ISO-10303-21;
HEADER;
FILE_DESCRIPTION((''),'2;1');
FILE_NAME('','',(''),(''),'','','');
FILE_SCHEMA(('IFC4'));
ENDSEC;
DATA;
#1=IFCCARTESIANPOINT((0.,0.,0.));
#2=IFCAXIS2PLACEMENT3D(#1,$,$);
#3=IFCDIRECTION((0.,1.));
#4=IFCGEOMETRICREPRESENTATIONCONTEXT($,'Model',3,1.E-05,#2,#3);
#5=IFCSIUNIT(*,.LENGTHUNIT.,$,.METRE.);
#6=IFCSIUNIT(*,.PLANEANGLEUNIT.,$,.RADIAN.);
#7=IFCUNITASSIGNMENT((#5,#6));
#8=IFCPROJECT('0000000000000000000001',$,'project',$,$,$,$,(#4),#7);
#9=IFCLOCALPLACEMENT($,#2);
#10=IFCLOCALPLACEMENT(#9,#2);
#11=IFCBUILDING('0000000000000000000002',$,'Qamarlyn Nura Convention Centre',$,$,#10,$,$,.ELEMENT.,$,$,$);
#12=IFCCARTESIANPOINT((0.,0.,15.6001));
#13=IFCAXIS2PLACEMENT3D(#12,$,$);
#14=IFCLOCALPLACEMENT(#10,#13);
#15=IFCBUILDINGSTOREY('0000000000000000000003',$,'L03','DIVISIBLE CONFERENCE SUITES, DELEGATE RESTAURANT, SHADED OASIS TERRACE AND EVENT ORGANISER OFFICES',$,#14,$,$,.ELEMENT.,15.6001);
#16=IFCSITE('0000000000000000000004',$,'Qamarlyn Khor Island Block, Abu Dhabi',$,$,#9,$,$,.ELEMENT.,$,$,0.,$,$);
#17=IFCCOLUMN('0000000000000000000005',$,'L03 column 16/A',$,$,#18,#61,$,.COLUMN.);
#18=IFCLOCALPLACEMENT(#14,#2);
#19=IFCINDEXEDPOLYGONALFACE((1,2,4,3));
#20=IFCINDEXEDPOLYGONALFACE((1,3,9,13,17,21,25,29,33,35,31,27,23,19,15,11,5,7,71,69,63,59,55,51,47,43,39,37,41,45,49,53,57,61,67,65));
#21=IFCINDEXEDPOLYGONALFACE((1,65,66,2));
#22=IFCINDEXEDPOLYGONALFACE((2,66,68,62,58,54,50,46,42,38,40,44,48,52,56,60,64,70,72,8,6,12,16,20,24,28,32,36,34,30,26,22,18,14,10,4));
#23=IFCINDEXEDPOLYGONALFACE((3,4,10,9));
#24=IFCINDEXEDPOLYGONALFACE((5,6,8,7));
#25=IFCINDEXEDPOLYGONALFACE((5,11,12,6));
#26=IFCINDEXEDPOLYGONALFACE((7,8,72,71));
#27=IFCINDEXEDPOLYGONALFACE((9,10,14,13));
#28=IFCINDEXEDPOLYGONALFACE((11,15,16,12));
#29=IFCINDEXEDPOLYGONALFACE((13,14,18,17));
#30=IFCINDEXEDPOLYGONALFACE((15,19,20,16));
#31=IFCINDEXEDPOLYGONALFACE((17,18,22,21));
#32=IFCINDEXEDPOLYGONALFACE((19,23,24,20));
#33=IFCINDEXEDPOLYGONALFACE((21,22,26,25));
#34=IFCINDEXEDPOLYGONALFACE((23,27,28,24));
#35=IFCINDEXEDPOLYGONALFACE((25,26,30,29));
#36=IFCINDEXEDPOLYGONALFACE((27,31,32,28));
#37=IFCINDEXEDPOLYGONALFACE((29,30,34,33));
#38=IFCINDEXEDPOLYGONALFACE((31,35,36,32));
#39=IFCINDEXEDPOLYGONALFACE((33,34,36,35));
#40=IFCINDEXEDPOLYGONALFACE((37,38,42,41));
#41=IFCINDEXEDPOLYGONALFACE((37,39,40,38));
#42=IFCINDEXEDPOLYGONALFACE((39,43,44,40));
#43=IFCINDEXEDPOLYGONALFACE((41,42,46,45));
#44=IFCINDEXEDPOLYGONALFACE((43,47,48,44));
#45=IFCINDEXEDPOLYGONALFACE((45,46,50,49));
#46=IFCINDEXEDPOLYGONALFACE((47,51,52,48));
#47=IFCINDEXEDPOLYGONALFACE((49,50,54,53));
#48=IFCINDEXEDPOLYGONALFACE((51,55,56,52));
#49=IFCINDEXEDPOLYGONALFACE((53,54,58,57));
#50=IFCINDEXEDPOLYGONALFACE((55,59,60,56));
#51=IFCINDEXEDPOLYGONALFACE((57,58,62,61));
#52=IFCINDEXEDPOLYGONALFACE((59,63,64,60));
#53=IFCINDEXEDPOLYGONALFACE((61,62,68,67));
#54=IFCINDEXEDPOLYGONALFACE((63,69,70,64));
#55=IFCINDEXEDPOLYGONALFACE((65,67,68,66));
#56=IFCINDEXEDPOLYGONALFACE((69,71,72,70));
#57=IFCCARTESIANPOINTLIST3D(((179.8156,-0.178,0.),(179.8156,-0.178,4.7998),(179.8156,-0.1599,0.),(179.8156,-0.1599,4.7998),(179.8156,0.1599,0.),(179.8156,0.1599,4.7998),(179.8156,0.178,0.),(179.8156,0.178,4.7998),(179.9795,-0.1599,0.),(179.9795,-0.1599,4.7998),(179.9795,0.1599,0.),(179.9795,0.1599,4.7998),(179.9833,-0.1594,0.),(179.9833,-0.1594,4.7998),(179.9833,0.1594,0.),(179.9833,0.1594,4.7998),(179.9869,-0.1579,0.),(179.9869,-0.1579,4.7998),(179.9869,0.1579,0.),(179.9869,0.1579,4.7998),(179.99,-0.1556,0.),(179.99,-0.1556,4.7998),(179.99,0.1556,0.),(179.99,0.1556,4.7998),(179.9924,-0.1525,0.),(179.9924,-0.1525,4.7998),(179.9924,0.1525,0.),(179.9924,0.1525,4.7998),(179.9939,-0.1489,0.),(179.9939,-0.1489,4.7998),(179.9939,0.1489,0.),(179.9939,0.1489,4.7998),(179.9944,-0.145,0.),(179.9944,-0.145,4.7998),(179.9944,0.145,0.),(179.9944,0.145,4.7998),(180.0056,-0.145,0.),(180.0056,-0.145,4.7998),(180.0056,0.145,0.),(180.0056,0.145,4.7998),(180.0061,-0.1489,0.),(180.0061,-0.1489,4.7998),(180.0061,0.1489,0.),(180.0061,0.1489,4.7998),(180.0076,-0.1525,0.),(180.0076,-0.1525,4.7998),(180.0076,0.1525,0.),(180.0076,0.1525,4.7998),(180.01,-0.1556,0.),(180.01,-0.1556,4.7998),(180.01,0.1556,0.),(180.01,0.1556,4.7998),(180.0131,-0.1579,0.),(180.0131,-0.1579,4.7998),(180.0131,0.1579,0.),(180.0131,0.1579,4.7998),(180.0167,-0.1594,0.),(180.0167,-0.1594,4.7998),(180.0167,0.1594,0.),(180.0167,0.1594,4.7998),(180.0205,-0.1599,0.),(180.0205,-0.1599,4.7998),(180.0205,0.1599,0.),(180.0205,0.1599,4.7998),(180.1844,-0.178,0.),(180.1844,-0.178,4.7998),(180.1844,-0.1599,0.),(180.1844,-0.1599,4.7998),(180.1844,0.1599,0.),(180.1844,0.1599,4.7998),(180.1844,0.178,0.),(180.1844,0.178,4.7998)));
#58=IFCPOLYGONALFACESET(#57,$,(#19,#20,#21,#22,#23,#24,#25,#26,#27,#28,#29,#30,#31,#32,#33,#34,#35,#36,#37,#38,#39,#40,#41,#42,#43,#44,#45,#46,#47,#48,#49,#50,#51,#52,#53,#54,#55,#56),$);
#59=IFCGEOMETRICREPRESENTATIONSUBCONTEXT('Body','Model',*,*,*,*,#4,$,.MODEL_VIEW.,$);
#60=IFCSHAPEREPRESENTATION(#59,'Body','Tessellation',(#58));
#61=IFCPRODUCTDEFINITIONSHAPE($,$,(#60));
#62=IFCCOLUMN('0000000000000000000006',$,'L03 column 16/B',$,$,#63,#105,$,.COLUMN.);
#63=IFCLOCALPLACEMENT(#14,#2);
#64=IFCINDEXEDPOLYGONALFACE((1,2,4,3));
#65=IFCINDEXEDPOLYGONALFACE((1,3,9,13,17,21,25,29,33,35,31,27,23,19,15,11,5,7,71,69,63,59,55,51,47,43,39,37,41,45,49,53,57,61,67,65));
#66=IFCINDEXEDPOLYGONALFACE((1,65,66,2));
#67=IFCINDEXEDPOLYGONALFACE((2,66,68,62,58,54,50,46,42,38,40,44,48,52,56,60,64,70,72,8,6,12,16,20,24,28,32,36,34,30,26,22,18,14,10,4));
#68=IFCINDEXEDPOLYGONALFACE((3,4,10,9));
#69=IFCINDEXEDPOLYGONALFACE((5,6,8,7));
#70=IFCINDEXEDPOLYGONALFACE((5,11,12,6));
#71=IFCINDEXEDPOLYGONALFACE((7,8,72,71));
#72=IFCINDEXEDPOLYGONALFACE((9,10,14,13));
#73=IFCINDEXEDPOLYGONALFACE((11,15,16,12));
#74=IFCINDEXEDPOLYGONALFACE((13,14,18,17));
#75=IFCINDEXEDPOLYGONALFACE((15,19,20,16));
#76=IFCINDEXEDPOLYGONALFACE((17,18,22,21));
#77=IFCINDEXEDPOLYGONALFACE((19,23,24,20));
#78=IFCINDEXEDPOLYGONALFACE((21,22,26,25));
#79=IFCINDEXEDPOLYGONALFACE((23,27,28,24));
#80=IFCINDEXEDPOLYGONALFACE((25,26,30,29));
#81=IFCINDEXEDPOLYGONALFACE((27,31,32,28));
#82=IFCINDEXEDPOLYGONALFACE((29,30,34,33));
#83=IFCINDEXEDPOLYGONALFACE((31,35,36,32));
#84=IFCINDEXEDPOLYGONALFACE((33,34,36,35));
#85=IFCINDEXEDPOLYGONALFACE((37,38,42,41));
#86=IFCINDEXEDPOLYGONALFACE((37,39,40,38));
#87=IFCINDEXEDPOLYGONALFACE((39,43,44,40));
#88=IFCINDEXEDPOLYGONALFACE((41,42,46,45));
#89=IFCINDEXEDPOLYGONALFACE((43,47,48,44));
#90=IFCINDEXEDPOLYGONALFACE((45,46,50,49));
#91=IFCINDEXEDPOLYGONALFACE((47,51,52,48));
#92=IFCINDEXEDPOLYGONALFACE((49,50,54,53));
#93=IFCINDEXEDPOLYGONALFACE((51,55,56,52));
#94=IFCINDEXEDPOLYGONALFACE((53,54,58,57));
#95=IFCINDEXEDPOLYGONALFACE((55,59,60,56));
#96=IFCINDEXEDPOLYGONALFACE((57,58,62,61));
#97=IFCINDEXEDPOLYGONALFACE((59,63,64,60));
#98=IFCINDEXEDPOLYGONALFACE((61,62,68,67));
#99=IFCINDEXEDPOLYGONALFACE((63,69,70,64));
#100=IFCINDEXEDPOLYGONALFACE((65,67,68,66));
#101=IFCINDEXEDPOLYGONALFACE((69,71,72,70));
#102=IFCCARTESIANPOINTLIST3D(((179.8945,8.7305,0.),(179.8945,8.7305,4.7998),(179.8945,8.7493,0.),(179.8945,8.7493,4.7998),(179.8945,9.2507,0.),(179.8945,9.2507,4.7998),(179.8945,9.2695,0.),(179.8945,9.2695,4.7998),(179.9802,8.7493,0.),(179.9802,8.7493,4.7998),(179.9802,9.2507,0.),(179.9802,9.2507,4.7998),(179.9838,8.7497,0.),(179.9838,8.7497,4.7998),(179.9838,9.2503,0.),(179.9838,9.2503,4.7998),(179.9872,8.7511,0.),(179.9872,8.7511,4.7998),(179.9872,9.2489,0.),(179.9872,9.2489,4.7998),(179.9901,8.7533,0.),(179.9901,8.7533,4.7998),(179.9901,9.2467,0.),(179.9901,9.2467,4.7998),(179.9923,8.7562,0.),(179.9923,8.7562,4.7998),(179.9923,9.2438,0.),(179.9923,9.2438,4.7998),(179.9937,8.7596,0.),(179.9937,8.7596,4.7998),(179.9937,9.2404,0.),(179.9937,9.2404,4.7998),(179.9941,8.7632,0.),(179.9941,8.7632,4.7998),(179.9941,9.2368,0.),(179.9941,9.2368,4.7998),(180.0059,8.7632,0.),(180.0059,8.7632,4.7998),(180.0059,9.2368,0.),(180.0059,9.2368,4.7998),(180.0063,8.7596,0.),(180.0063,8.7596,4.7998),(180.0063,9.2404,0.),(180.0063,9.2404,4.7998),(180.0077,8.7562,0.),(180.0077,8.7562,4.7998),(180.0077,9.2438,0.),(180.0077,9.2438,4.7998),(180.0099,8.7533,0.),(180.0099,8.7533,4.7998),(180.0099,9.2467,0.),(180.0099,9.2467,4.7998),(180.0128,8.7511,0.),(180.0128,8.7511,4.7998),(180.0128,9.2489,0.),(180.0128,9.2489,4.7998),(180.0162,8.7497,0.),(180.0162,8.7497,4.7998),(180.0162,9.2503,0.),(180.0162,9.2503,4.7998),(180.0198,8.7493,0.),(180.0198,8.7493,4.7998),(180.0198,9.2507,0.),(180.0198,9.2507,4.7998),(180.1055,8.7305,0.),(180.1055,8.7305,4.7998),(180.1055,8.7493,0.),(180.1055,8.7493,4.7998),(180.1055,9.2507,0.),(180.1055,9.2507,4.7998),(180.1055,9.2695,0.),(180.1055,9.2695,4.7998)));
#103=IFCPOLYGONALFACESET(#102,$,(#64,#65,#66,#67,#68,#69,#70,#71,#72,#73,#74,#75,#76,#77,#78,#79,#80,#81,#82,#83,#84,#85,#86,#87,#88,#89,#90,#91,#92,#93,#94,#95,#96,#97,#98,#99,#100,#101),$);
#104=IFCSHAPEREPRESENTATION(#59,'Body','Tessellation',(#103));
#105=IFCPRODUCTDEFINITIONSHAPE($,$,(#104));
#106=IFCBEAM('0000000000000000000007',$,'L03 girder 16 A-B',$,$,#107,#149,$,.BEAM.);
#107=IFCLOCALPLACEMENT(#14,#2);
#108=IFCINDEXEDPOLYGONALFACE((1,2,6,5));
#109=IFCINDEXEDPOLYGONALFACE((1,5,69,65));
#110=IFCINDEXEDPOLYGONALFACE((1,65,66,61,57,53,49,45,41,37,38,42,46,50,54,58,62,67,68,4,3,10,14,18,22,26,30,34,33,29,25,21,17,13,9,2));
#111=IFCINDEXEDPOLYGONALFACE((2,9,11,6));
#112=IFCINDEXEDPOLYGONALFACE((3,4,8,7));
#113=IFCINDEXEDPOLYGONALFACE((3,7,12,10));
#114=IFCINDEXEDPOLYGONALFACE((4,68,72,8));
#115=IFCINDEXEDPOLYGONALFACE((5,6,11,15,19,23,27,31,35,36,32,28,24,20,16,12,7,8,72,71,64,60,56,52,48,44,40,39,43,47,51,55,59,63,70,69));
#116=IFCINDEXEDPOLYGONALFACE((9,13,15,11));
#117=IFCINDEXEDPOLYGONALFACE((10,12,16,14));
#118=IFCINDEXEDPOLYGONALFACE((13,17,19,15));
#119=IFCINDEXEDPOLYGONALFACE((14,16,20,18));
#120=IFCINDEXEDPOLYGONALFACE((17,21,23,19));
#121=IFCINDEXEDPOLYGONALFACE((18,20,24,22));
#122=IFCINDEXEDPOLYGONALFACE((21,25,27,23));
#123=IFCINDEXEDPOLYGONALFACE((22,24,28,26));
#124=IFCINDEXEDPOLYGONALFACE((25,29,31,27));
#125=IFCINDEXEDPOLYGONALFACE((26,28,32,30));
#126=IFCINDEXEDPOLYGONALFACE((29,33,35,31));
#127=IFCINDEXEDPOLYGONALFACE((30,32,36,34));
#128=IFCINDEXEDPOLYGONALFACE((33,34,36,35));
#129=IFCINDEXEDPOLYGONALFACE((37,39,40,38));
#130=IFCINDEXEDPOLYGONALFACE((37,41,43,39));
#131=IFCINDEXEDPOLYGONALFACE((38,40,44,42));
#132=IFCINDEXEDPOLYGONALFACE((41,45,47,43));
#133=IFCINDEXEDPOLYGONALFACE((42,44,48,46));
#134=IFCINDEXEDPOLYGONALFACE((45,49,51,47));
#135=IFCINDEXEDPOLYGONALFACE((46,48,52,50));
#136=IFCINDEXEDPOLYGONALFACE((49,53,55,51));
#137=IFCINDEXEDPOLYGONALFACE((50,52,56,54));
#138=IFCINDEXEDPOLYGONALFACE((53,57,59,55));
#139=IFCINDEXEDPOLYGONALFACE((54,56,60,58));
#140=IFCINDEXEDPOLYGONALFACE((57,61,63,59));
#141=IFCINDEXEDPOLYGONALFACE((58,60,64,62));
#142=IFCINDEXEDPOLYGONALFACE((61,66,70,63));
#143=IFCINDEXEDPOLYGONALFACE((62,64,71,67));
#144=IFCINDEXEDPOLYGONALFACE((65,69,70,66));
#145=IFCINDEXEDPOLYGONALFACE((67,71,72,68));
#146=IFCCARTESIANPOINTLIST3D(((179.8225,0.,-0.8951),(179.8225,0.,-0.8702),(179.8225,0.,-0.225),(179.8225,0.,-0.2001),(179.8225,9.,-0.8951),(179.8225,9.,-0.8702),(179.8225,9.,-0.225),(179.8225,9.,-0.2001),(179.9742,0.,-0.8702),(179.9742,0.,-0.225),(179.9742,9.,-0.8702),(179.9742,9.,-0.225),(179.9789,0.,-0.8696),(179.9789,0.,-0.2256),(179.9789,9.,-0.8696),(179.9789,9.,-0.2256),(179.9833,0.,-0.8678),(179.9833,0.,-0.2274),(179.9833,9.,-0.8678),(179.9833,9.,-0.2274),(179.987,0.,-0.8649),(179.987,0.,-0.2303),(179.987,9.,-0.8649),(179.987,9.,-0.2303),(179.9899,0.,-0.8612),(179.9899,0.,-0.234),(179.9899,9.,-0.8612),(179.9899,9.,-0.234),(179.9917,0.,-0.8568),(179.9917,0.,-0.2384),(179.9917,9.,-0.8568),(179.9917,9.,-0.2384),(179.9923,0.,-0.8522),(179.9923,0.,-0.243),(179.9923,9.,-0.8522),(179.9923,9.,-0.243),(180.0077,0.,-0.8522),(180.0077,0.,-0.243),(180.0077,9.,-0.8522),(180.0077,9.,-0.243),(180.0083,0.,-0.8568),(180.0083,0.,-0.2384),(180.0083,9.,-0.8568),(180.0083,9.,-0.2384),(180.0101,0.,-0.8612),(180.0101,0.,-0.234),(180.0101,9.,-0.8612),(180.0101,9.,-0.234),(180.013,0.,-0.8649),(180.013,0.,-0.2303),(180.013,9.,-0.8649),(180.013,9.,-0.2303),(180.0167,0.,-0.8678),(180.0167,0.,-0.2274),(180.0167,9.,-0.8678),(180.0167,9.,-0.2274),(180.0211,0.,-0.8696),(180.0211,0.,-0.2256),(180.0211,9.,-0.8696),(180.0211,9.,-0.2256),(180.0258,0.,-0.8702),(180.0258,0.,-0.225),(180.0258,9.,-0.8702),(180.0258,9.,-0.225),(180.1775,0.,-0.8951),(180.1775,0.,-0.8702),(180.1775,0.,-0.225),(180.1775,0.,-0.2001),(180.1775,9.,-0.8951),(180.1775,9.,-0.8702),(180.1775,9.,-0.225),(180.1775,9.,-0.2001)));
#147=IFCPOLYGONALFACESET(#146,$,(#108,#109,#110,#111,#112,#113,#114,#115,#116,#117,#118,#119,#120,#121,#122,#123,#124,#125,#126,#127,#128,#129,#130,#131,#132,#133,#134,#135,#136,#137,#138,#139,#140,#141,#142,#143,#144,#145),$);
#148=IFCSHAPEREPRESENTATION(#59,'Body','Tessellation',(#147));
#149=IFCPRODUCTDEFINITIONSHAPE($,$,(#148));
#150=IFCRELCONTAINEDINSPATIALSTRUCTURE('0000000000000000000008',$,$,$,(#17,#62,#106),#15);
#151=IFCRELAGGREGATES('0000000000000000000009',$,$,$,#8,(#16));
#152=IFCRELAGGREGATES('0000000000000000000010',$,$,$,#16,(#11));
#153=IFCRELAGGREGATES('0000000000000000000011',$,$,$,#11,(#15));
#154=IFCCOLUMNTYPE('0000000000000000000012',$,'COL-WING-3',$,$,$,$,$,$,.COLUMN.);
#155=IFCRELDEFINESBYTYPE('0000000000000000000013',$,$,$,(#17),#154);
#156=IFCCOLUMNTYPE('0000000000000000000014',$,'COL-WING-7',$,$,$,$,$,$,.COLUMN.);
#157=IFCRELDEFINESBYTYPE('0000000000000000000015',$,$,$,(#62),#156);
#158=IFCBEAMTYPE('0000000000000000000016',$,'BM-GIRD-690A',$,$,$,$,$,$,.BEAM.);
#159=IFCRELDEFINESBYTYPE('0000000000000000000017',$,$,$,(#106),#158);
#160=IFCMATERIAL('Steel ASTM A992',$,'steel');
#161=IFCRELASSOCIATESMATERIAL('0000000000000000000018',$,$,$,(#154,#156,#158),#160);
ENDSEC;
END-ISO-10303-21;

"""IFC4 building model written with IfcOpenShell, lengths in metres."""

from ifc_helpers import new_model, si_unit, direction, frame, origin, origin_2d, place, context, subcontext, project, spatial, i_section, extrude, material, material_profile, profile_set, type_object, element, save


model = new_model("IFC4")

# Units and contexts
model_context = context("Model", 3, precision=1e-05, world=origin(), true_north=direction((0.0, 1.0)))
body_context = subcontext(model_context, "Body", "Model", "MODEL_VIEW")
ifc_project = project(units=[si_unit("LENGTHUNIT", "METRE"), si_unit("PLANEANGLEUNIT", "RADIAN")], contexts=[model_context])

# Site, building, storey
site_placement = place(None, origin())
site = spatial("IfcSite", under=ifc_project, at=site_placement, Name="Qamarlyn Khor Island Block, Abu Dhabi", CompositionType="ELEMENT", RefElevation=0.0)
building_placement = place(site_placement, origin())
building = spatial("IfcBuilding", under=site, at=building_placement, Name="Qamarlyn Nura Convention Centre", CompositionType="ELEMENT")
storey_placement = place(building_placement, frame((0.0, 0.0, 15.6001)))
storey = spatial("IfcBuildingStorey", under=building, at=storey_placement, Name="L03", Description="DIVISIBLE CONFERENCE SUITES, DELEGATE RESTAURANT, SHADED OASIS TERRACE AND EVENT ORGANISER OFFICES", CompositionType="ELEMENT", Elevation=15.6001)

# Columns
ifc_material_1 = material(Name="Steel ASTM A992", Category="steel")
ifc_material_profile_1 = material_profile(ifc_material_1, i_section(OverallWidth=0.3689, OverallDepth=0.356, WebThickness=0.0112, FlangeThickness=0.0181, FilletRadius=0.0149, at=origin_2d()), Name="W360X134")
ifc_profile_set_1 = profile_set([ifc_material_profile_1], Name="Steel ASTM A992")
column_type_1 = type_object("IfcColumnType", Name="COL-WING-3", PredefinedType="COLUMN", material=ifc_profile_set_1)
column_1_placement = place(storey_placement, frame((180.0, 0.0, 0.0), z_axis=(0.0, 0.0, 1.0), x_axis=(1.0, 0.0, 0.0)))
element("IfcColumn", 1, at=column_1_placement, inside=storey, type_object=column_type_1, Name="L03 column 16/A", PredefinedType="COLUMN", context=body_context, shape_type="SweptSolid", body=[
    extrude(i_section(OverallWidth=0.3689, OverallDepth=0.356, WebThickness=0.0112, FlangeThickness=0.0181, FilletRadius=0.0149, at=origin_2d()), origin(), (0.0, 0.0, 1.0), 4.7998),
])
ifc_material_profile_2 = material_profile(ifc_material_1, i_section(OverallWidth=0.2109, OverallDepth=0.5391, WebThickness=0.0117, FlangeThickness=0.0188, FilletRadius=0.0139, at=origin_2d()), Name="W530X109")
ifc_profile_set_2 = profile_set([ifc_material_profile_2], Name="Steel ASTM A992")
column_type_2 = type_object("IfcColumnType", Name="COL-WING-7", PredefinedType="COLUMN", material=ifc_profile_set_2)
column_2_placement = place(storey_placement, frame((180.0, 9.0, 0.0), z_axis=(0.0, 0.0, 1.0), x_axis=(1.0, 0.0, 0.0)))
element("IfcColumn", 2, at=column_2_placement, inside=storey, type_object=column_type_2, Name="L03 column 16/B", PredefinedType="COLUMN", context=body_context, shape_type="SweptSolid", body=[
    extrude(i_section(OverallWidth=0.2109, OverallDepth=0.5391, WebThickness=0.0117, FlangeThickness=0.0188, FilletRadius=0.0139, at=origin_2d()), origin(), (0.0, 0.0, 1.0), 4.7998),
])

# Beam
ifc_material_profile_3 = material_profile(ifc_material_1, i_section(OverallWidth=0.355, OverallDepth=0.6951, WebThickness=0.0154, FlangeThickness=0.0249, FilletRadius=0.0181, at=origin_2d()), Name="W690X217")
ifc_profile_set_3 = profile_set([ifc_material_profile_3], Name="Steel ASTM A992")
beam_type_1 = type_object("IfcBeamType", Name="BM-GIRD-690A", PredefinedType="BEAM", material=ifc_profile_set_3)
beam_1_placement = place(storey_placement, frame((180.0, 0.0, -0.5476), z_axis=(0.0, 1.0, 0.0), x_axis=(-1.0, 0.0, 0.0)))
element("IfcBeam", 3, at=beam_1_placement, inside=storey, type_object=beam_type_1, Name="L03 girder 16 A-B", PredefinedType="BEAM", context=body_context, shape_type="SweptSolid", body=[
    extrude(i_section(OverallWidth=0.355, OverallDepth=0.6951, WebThickness=0.0154, FlangeThickness=0.0249, FilletRadius=0.0181, at=origin_2d()), origin(), (0.0, 0.0, 1.0), 9.0),
])

save(model, "model.ifc")
